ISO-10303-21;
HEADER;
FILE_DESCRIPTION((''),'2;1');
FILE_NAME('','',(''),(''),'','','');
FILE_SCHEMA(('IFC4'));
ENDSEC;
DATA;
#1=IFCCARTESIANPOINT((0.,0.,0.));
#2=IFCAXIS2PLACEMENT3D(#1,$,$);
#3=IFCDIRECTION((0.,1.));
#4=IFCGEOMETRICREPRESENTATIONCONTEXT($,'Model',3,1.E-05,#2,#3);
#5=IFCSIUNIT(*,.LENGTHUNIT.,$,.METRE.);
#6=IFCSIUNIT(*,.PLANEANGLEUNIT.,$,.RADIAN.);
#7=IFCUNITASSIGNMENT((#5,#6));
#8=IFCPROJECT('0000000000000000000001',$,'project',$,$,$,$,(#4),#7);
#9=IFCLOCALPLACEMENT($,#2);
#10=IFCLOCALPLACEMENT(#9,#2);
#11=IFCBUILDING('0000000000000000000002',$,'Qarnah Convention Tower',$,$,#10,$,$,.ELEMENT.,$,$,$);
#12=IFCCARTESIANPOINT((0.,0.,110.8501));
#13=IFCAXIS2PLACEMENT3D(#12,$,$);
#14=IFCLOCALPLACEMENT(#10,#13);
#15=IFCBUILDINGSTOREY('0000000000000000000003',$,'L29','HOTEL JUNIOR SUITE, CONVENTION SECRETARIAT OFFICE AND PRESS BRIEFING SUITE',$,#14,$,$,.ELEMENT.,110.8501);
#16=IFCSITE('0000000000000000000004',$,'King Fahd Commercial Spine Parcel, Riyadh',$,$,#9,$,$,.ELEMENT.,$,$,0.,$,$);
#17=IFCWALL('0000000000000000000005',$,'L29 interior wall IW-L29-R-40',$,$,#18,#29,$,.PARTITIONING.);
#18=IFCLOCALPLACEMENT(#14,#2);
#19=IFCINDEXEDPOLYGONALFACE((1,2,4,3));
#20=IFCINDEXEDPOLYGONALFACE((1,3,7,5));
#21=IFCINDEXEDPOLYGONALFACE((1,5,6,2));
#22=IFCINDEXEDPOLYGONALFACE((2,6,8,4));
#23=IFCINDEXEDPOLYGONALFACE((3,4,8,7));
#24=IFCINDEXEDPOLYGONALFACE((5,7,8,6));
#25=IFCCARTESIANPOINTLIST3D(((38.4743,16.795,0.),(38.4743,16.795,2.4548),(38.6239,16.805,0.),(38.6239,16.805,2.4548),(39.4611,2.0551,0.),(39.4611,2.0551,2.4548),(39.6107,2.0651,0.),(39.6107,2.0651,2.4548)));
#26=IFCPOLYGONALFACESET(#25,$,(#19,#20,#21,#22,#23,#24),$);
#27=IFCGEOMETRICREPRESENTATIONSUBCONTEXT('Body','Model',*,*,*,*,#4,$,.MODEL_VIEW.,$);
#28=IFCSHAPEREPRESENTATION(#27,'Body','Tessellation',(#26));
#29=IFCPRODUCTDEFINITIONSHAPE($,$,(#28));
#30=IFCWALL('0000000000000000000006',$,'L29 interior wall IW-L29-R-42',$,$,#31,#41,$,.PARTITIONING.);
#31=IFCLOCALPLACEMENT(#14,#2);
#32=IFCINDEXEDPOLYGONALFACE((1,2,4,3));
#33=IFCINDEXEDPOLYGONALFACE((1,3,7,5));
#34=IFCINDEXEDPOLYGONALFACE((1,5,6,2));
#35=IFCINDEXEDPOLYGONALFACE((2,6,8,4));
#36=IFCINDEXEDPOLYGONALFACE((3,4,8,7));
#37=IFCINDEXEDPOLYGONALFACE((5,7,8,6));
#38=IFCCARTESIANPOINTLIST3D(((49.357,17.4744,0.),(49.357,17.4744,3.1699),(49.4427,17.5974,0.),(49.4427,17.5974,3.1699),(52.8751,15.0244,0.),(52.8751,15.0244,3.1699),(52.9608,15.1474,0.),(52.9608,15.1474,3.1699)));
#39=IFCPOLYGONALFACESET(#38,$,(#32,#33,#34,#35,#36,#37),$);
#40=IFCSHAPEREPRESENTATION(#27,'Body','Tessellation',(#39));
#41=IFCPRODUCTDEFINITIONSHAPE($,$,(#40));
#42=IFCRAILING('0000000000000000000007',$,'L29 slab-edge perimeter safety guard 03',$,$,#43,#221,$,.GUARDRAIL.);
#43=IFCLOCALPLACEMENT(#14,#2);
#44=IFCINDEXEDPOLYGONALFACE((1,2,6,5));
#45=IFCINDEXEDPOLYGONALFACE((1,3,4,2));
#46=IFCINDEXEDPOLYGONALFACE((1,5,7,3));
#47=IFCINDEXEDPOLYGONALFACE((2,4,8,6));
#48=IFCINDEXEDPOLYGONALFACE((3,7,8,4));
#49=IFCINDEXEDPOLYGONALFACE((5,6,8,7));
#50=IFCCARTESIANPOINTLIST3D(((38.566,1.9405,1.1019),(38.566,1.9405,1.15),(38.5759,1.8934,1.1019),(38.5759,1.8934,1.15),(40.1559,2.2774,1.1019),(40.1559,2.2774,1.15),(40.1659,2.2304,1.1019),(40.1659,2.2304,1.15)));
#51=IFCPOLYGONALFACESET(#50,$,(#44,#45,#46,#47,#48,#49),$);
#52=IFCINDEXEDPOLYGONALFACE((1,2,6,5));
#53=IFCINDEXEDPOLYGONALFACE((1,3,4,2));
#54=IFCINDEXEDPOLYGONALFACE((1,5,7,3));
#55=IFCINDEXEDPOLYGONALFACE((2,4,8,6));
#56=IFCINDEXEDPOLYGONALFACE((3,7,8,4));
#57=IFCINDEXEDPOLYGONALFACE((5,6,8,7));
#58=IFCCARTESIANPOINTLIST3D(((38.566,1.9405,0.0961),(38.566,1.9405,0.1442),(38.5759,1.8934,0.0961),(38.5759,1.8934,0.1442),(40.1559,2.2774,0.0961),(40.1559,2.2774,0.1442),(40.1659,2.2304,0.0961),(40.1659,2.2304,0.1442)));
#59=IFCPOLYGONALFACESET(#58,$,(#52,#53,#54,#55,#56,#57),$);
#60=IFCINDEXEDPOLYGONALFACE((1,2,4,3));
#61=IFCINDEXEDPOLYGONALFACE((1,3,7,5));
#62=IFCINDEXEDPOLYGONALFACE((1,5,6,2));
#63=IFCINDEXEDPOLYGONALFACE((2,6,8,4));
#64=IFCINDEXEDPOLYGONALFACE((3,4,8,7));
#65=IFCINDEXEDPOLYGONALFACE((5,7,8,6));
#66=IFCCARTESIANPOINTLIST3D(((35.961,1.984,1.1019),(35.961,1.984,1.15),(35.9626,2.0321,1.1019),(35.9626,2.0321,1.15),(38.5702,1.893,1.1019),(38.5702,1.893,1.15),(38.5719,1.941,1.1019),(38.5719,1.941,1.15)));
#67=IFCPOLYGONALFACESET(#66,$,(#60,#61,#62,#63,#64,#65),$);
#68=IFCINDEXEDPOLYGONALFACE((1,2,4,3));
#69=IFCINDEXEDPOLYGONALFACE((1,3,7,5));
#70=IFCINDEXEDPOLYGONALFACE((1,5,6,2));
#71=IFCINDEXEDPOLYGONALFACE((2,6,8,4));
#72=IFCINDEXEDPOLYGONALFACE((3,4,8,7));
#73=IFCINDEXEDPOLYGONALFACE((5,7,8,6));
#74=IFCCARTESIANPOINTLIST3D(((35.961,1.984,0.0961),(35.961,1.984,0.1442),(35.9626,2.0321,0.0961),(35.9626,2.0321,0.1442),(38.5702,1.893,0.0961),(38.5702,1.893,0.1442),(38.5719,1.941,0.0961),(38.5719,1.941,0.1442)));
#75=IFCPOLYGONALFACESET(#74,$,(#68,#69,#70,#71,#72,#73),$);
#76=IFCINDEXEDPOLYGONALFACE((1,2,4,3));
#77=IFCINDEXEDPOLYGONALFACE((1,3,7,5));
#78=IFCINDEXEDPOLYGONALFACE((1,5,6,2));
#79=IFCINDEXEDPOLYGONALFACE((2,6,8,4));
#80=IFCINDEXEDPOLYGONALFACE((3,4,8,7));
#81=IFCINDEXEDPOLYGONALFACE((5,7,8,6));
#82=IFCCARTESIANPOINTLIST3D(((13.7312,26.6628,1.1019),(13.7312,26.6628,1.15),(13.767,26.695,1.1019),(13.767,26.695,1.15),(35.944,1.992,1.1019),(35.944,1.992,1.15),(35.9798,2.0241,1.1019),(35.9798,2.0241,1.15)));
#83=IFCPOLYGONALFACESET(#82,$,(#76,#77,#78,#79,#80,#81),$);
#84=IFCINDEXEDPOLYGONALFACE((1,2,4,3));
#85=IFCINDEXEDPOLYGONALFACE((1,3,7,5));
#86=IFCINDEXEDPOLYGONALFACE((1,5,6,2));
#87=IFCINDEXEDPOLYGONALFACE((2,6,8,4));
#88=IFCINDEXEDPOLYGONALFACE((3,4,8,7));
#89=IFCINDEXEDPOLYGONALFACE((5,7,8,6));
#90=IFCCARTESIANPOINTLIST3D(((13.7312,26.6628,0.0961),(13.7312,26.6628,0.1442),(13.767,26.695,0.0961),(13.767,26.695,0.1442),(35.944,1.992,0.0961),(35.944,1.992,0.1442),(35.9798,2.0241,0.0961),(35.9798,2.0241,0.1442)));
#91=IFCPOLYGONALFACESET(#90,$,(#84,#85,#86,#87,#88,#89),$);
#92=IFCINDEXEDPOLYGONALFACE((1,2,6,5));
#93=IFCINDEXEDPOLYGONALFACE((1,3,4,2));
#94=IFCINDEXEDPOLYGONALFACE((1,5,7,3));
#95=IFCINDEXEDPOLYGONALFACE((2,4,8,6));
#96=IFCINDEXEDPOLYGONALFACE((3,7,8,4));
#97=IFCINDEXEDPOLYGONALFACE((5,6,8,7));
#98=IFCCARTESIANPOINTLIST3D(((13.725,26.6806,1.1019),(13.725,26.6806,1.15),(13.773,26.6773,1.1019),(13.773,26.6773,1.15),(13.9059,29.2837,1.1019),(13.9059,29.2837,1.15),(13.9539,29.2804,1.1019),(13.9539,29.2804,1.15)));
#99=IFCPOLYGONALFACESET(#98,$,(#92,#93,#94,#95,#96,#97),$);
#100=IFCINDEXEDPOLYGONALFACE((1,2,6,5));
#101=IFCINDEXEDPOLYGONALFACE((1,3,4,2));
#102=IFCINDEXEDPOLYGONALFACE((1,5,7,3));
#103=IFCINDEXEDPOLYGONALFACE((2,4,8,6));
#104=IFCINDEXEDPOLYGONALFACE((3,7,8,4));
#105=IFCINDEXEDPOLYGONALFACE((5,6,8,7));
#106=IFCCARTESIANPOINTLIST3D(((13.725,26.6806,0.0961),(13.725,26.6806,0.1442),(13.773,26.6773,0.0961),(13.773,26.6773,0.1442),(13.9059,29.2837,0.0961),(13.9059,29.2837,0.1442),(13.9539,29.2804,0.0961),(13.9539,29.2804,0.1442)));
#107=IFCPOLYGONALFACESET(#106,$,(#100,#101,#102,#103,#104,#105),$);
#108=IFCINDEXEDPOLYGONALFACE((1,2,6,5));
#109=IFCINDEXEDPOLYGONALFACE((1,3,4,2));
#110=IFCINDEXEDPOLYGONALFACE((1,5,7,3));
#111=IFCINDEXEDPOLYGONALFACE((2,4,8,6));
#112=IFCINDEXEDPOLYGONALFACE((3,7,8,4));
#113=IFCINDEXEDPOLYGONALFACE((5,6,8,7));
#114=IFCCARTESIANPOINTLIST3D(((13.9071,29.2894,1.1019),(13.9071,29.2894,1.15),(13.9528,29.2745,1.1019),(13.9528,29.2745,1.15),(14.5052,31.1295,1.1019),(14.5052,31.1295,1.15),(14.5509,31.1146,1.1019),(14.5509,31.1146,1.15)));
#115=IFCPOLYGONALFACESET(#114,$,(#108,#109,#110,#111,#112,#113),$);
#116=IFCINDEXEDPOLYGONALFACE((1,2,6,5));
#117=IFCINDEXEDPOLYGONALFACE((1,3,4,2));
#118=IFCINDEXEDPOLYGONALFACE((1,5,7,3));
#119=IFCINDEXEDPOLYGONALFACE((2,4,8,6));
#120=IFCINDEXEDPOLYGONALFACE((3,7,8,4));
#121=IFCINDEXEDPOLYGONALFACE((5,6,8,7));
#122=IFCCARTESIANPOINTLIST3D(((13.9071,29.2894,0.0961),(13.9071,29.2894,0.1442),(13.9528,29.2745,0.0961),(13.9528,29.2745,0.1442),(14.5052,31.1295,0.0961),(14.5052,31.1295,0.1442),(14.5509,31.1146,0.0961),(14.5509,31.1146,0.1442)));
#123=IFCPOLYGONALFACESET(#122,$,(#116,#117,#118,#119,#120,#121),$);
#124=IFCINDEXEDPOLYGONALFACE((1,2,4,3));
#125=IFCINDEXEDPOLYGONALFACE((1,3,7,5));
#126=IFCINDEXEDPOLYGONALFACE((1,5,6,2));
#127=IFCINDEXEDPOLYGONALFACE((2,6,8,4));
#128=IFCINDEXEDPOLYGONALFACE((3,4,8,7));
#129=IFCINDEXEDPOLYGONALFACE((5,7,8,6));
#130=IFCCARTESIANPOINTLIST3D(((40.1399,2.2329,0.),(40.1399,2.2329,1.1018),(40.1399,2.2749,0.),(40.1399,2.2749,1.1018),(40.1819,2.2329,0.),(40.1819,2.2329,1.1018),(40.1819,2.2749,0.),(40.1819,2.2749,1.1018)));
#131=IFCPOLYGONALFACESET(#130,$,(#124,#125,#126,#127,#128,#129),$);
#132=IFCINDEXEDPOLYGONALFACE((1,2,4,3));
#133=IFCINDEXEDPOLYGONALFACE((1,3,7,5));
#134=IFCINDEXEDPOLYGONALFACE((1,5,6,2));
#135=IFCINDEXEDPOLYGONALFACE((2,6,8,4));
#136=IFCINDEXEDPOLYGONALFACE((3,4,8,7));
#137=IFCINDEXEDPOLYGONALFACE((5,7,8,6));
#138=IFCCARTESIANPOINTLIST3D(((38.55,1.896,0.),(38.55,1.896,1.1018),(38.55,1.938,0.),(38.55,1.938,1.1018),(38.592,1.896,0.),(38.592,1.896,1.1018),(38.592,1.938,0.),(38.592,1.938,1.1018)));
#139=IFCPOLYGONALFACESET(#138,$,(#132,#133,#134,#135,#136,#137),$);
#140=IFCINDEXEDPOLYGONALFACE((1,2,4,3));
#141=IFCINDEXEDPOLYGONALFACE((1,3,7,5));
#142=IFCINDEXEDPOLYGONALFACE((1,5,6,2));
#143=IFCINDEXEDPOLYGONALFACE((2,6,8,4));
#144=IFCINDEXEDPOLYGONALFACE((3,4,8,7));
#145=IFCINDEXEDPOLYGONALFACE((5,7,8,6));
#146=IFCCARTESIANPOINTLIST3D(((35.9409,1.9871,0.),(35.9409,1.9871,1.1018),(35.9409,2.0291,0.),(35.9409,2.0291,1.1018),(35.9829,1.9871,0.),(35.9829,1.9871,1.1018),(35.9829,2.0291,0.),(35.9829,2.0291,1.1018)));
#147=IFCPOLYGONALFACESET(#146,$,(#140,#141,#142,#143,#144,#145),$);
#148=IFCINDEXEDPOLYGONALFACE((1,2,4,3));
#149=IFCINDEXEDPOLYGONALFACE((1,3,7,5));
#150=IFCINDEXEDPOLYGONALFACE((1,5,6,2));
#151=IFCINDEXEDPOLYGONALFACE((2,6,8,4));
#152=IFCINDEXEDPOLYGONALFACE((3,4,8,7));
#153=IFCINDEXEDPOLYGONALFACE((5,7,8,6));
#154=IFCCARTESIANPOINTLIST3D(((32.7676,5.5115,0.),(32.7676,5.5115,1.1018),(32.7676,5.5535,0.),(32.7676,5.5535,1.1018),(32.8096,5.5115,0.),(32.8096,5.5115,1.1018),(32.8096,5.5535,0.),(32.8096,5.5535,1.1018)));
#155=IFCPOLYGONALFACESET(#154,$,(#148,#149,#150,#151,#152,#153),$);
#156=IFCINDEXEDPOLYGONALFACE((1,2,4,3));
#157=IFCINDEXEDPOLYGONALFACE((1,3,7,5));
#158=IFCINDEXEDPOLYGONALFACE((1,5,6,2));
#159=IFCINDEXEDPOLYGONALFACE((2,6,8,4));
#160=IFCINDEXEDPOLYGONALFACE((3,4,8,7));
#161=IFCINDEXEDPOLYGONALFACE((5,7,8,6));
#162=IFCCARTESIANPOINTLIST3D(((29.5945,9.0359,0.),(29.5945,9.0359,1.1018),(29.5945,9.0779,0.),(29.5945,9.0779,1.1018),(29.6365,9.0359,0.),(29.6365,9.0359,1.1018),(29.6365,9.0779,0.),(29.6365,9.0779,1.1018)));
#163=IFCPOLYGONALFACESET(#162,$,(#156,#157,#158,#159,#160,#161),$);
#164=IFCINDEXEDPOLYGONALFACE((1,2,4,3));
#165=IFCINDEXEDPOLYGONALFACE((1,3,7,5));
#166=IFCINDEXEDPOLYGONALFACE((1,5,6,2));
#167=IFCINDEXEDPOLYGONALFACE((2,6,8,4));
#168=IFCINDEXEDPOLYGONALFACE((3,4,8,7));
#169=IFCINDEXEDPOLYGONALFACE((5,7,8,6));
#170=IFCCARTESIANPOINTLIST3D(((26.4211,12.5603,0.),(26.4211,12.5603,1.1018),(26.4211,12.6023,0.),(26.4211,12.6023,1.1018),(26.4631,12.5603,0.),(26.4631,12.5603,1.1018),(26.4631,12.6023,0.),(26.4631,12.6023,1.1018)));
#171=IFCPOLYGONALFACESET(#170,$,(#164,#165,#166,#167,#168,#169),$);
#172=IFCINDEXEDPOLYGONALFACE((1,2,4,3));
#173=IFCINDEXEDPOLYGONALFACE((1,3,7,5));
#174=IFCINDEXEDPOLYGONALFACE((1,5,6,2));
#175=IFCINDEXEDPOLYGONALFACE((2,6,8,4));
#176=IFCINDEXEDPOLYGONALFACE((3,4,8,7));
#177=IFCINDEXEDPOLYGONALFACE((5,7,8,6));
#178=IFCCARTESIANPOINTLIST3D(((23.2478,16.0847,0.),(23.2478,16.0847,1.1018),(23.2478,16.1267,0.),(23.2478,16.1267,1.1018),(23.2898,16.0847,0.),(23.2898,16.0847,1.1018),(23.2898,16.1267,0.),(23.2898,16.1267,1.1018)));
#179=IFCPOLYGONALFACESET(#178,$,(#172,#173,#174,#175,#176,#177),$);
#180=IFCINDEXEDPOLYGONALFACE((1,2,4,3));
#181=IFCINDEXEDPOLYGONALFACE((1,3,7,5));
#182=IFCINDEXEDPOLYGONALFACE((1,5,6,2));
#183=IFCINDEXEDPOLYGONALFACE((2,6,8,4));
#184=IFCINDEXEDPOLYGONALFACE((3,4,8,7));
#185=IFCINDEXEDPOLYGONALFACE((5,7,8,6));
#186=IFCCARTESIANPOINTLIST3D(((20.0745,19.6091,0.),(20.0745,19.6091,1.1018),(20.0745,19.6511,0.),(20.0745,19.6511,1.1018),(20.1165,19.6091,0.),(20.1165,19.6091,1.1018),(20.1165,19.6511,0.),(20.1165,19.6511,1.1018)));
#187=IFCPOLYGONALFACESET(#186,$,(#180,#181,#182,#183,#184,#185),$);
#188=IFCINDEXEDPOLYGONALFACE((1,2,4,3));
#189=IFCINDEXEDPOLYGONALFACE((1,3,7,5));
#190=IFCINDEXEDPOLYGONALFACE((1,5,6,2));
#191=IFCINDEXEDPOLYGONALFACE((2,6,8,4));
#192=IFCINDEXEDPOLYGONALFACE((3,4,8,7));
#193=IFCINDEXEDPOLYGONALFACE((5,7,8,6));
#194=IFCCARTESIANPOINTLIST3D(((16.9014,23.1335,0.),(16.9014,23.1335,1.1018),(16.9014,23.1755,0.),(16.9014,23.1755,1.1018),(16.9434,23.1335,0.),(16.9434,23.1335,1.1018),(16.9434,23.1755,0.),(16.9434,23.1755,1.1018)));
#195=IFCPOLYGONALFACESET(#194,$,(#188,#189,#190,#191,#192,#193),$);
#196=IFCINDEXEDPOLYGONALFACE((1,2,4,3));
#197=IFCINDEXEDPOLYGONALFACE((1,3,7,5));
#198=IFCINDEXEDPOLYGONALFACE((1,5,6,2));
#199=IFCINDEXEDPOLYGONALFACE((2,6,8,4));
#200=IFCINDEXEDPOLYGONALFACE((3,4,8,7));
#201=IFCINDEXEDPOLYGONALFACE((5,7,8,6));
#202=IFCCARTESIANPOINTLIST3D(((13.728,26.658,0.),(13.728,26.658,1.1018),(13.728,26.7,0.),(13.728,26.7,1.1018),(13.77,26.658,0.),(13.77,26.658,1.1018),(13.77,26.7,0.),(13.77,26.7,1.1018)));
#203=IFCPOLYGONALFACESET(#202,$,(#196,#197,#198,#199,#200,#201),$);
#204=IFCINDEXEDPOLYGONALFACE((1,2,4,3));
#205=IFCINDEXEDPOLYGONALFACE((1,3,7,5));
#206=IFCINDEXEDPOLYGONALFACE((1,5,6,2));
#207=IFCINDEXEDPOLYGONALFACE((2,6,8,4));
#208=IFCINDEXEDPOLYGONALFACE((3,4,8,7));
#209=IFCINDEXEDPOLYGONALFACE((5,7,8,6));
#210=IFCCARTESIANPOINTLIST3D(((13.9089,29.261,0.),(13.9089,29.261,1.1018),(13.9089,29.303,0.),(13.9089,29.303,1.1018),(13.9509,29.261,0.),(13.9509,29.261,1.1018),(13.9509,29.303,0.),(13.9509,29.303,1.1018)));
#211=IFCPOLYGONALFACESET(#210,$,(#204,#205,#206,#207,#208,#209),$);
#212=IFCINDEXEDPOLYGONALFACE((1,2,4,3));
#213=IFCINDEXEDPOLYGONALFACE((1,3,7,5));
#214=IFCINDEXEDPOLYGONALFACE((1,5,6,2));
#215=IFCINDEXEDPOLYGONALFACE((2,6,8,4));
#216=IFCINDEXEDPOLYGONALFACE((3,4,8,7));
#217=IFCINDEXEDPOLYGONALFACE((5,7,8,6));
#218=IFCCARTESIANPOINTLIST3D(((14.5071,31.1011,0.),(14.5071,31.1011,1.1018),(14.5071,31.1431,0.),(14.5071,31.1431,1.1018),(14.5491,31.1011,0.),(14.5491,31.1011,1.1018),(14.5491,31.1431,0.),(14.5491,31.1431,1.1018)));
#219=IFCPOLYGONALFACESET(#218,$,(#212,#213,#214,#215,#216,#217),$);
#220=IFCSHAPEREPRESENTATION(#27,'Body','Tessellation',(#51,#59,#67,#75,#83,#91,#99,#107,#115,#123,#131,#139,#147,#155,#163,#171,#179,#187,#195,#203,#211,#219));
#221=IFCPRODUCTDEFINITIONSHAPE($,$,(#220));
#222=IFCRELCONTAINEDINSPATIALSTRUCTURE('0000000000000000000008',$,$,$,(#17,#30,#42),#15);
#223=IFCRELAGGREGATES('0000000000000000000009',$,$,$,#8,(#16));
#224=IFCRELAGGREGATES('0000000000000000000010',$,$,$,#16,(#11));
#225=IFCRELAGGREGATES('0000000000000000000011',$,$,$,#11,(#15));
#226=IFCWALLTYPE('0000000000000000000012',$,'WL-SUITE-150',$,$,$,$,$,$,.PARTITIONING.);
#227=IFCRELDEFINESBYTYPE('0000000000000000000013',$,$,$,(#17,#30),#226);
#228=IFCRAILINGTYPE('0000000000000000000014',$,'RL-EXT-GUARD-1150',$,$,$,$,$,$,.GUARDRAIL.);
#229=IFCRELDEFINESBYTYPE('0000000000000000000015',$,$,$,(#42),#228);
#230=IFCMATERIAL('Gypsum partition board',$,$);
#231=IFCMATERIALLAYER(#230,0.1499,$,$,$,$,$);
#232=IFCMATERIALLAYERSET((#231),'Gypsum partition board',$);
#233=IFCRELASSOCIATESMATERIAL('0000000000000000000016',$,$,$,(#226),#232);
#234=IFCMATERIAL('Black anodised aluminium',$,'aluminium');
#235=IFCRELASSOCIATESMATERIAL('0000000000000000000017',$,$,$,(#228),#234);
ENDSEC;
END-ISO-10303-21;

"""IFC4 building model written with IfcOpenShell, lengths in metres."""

from ifc_helpers import new_model, si_unit, direction, frame, frame_2d, origin, origin_2d, place, context, subcontext, project, spatial, rectangle, extrude, material, layer, layer_set, type_object, element, save


model = new_model("IFC4")

# Units and contexts
model_context = context("Model", 3, precision=1e-05, world=origin(), true_north=direction((0.0, 1.0)))
body_context = subcontext(model_context, "Body", "Model", "MODEL_VIEW")
ifc_project = project(units=[si_unit("LENGTHUNIT", "METRE"), si_unit("PLANEANGLEUNIT", "RADIAN")], contexts=[model_context])

# Site, building, storey
site_placement = place(None, origin())
site = spatial("IfcSite", under=ifc_project, at=site_placement, Name="King Fahd Commercial Spine Parcel, Riyadh", CompositionType="ELEMENT", RefElevation=0.0)
building_placement = place(site_placement, origin())
building = spatial("IfcBuilding", under=site, at=building_placement, Name="Qarnah Convention Tower", CompositionType="ELEMENT")
storey_placement = place(building_placement, frame((0.0, 0.0, 110.8501)))
storey = spatial("IfcBuildingStorey", under=building, at=storey_placement, Name="L29", Description="HOTEL JUNIOR SUITE, CONVENTION SECRETARIAT OFFICE AND PRESS BRIEFING SUITE", CompositionType="ELEMENT", Elevation=110.8501)

# Shared definitions
ifc_material_1 = material(Name="Black anodised aluminium", Category="aluminium")

# Walls
ifc_material_2 = material(Name="Gypsum partition board")
ifc_layer_1 = layer(ifc_material_2, 0.1499)
ifc_layer_set_1 = layer_set([ifc_layer_1], Name="Gypsum partition board")
wall_type_1 = type_object("IfcWallType", Name="WL-SUITE-150", PredefinedType="PARTITIONING", material=ifc_layer_set_1)
wall_1_placement = place(storey_placement, frame((39.5359, 2.0601, 0.0), z_axis=(0.0, 0.0, 1.0), x_axis=(-0.066799, 0.997766, 0.0)))
element("IfcWall", 1, at=wall_1_placement, inside=storey, type_object=wall_type_1, Name="L29 interior wall IW-L29-R-40", PredefinedType="PARTITIONING", context=body_context, shape_type="SweptSolid", body=[
    extrude(rectangle(XDim=14.7729, YDim=0.1499, at=frame_2d((7.3865, 0.0))), origin(), (0.0, 0.0, 1.0), 2.4548),
])
wall_2_placement = place(storey_placement, frame((52.918, 15.0859, 0.0), z_axis=(0.0, 0.0, 1.0), x_axis=(-0.820621, 0.571473, 0.0)))
element("IfcWall", 2, at=wall_2_placement, inside=storey, type_object=wall_type_1, Name="L29 interior wall IW-L29-R-42", PredefinedType="PARTITIONING", context=body_context, shape_type="SweptSolid", body=[
    extrude(rectangle(XDim=4.2871, YDim=0.1499, at=frame_2d((2.1436, 0.0))), origin(), (0.0, 0.0, 1.0), 3.1699),
])

# Railing
railing_type = type_object("IfcRailingType", Name="RL-EXT-GUARD-1150", PredefinedType="GUARDRAIL", material=ifc_material_1)
railing_1_placement = place(storey_placement, frame((40.1609, 2.2539, 0.0)))
element("IfcRailing", 3, at=railing_1_placement, inside=storey, type_object=railing_type, Name="L29 slab-edge perimeter safety guard 03", PredefinedType="GUARDRAIL", context=body_context, shape_type="SweptSolid", body=[
    extrude(rectangle(XDim=0.0481, YDim=0.0481, at=origin_2d()), frame((0.0, 0.0, 1.126), z_axis=(-0.978275, -0.207313, 0.0), x_axis=(0.207313, -0.978275, 0.0)), (0.0, 0.0, 1.0), 1.6252),
    extrude(rectangle(XDim=0.0481, YDim=0.0481, at=origin_2d()), frame((0.0, 0.0, 0.1201), z_axis=(-0.978275, -0.207313, 0.0), x_axis=(0.207313, -0.978275, 0.0)), (0.0, 0.0, 1.0), 1.6252),
    extrude(rectangle(XDim=0.0481, YDim=0.0481, at=origin_2d()), frame((-1.5898, -0.3369, 1.126), z_axis=(-0.999391, 0.034881, 0.0), x_axis=(-0.034881, -0.999391, 0.0)), (0.0, 0.0, 1.0), 2.6108),
    extrude(rectangle(XDim=0.0481, YDim=0.0481, at=origin_2d()), frame((-1.5898, -0.3369, 0.1201), z_axis=(-0.999391, 0.034881, 0.0), x_axis=(-0.034881, -0.999391, 0.0)), (0.0, 0.0, 1.0), 2.6108),
    extrude(rectangle(XDim=0.0481, YDim=0.0481, at=origin_2d()), frame((-4.199, -0.2458, 1.126), z_axis=(-0.669116, 0.743158, 0.0), x_axis=(-0.743158, -0.669116, 0.0)), (0.0, 0.0, 1.0), 33.1973),
    extrude(rectangle(XDim=0.0481, YDim=0.0481, at=origin_2d()), frame((-4.199, -0.2458, 0.1201), z_axis=(-0.669116, 0.743158, 0.0), x_axis=(-0.743158, -0.669116, 0.0)), (0.0, 0.0, 1.0), 33.1973),
    extrude(rectangle(XDim=0.0481, YDim=0.0481, at=origin_2d()), frame((-26.4119, 24.425, 1.126), z_axis=(0.069332, 0.997594, 0.0), x_axis=(-0.997594, 0.069332, 0.0)), (0.0, 0.0, 1.0), 2.6094),
    extrude(rectangle(XDim=0.0481, YDim=0.0481, at=origin_2d()), frame((-26.4119, 24.425, 0.1201), z_axis=(0.069332, 0.997594, 0.0), x_axis=(-0.997594, 0.069332, 0.0)), (0.0, 0.0, 1.0), 2.6094),
    extrude(rectangle(XDim=0.0481, YDim=0.0481, at=origin_2d()), frame((-26.231, 27.0281, 1.126), z_axis=(0.30914, 0.951016, 0.0), x_axis=(-0.951016, 0.30914, 0.0)), (0.0, 0.0, 1.0), 1.9348),
    extrude(rectangle(XDim=0.0481, YDim=0.0481, at=origin_2d()), frame((-26.231, 27.0281, 0.1201), z_axis=(0.30914, 0.951016, 0.0), x_axis=(-0.951016, 0.30914, 0.0)), (0.0, 0.0, 1.0), 1.9348),
    extrude(rectangle(XDim=0.042, YDim=0.042, at=origin_2d()), origin(), (0.0, 0.0, 1.0), 1.1018),
    extrude(rectangle(XDim=0.042, YDim=0.042, at=origin_2d()), frame((-1.5898, -0.3369, 0.0)), (0.0, 0.0, 1.0), 1.1018),
    extrude(rectangle(XDim=0.042, YDim=0.042, at=origin_2d()), frame((-4.199, -0.2458, 0.0)), (0.0, 0.0, 1.0), 1.1018),
    extrude(rectangle(XDim=0.042, YDim=0.042, at=origin_2d()), frame((-7.3723, 3.2786, 0.0)), (0.0, 0.0, 1.0), 1.1018),
    extrude(rectangle(XDim=0.042, YDim=0.042, at=origin_2d()), frame((-10.5454, 6.803, 0.0)), (0.0, 0.0, 1.0), 1.1018),
    extrude(rectangle(XDim=0.042, YDim=0.042, at=origin_2d()), frame((-13.7188, 10.3274, 0.0)), (0.0, 0.0, 1.0), 1.1018),
    extrude(rectangle(XDim=0.042, YDim=0.042, at=origin_2d()), frame((-16.8921, 13.8518, 0.0)), (0.0, 0.0, 1.0), 1.1018),
    extrude(rectangle(XDim=0.042, YDim=0.042, at=origin_2d()), frame((-20.0654, 17.3762, 0.0)), (0.0, 0.0, 1.0), 1.1018),
    extrude(rectangle(XDim=0.042, YDim=0.042, at=origin_2d()), frame((-23.2385, 20.9006, 0.0)), (0.0, 0.0, 1.0), 1.1018),
    extrude(rectangle(XDim=0.042, YDim=0.042, at=origin_2d()), frame((-26.4119, 24.425, 0.0)), (0.0, 0.0, 1.0), 1.1018),
    extrude(rectangle(XDim=0.042, YDim=0.042, at=origin_2d()), frame((-26.231, 27.0281, 0.0)), (0.0, 0.0, 1.0), 1.1018),
    extrude(rectangle(XDim=0.042, YDim=0.042, at=origin_2d()), frame((-25.6328, 28.8682, 0.0)), (0.0, 0.0, 1.0), 1.1018),
])

save(model, "model.ifc")
